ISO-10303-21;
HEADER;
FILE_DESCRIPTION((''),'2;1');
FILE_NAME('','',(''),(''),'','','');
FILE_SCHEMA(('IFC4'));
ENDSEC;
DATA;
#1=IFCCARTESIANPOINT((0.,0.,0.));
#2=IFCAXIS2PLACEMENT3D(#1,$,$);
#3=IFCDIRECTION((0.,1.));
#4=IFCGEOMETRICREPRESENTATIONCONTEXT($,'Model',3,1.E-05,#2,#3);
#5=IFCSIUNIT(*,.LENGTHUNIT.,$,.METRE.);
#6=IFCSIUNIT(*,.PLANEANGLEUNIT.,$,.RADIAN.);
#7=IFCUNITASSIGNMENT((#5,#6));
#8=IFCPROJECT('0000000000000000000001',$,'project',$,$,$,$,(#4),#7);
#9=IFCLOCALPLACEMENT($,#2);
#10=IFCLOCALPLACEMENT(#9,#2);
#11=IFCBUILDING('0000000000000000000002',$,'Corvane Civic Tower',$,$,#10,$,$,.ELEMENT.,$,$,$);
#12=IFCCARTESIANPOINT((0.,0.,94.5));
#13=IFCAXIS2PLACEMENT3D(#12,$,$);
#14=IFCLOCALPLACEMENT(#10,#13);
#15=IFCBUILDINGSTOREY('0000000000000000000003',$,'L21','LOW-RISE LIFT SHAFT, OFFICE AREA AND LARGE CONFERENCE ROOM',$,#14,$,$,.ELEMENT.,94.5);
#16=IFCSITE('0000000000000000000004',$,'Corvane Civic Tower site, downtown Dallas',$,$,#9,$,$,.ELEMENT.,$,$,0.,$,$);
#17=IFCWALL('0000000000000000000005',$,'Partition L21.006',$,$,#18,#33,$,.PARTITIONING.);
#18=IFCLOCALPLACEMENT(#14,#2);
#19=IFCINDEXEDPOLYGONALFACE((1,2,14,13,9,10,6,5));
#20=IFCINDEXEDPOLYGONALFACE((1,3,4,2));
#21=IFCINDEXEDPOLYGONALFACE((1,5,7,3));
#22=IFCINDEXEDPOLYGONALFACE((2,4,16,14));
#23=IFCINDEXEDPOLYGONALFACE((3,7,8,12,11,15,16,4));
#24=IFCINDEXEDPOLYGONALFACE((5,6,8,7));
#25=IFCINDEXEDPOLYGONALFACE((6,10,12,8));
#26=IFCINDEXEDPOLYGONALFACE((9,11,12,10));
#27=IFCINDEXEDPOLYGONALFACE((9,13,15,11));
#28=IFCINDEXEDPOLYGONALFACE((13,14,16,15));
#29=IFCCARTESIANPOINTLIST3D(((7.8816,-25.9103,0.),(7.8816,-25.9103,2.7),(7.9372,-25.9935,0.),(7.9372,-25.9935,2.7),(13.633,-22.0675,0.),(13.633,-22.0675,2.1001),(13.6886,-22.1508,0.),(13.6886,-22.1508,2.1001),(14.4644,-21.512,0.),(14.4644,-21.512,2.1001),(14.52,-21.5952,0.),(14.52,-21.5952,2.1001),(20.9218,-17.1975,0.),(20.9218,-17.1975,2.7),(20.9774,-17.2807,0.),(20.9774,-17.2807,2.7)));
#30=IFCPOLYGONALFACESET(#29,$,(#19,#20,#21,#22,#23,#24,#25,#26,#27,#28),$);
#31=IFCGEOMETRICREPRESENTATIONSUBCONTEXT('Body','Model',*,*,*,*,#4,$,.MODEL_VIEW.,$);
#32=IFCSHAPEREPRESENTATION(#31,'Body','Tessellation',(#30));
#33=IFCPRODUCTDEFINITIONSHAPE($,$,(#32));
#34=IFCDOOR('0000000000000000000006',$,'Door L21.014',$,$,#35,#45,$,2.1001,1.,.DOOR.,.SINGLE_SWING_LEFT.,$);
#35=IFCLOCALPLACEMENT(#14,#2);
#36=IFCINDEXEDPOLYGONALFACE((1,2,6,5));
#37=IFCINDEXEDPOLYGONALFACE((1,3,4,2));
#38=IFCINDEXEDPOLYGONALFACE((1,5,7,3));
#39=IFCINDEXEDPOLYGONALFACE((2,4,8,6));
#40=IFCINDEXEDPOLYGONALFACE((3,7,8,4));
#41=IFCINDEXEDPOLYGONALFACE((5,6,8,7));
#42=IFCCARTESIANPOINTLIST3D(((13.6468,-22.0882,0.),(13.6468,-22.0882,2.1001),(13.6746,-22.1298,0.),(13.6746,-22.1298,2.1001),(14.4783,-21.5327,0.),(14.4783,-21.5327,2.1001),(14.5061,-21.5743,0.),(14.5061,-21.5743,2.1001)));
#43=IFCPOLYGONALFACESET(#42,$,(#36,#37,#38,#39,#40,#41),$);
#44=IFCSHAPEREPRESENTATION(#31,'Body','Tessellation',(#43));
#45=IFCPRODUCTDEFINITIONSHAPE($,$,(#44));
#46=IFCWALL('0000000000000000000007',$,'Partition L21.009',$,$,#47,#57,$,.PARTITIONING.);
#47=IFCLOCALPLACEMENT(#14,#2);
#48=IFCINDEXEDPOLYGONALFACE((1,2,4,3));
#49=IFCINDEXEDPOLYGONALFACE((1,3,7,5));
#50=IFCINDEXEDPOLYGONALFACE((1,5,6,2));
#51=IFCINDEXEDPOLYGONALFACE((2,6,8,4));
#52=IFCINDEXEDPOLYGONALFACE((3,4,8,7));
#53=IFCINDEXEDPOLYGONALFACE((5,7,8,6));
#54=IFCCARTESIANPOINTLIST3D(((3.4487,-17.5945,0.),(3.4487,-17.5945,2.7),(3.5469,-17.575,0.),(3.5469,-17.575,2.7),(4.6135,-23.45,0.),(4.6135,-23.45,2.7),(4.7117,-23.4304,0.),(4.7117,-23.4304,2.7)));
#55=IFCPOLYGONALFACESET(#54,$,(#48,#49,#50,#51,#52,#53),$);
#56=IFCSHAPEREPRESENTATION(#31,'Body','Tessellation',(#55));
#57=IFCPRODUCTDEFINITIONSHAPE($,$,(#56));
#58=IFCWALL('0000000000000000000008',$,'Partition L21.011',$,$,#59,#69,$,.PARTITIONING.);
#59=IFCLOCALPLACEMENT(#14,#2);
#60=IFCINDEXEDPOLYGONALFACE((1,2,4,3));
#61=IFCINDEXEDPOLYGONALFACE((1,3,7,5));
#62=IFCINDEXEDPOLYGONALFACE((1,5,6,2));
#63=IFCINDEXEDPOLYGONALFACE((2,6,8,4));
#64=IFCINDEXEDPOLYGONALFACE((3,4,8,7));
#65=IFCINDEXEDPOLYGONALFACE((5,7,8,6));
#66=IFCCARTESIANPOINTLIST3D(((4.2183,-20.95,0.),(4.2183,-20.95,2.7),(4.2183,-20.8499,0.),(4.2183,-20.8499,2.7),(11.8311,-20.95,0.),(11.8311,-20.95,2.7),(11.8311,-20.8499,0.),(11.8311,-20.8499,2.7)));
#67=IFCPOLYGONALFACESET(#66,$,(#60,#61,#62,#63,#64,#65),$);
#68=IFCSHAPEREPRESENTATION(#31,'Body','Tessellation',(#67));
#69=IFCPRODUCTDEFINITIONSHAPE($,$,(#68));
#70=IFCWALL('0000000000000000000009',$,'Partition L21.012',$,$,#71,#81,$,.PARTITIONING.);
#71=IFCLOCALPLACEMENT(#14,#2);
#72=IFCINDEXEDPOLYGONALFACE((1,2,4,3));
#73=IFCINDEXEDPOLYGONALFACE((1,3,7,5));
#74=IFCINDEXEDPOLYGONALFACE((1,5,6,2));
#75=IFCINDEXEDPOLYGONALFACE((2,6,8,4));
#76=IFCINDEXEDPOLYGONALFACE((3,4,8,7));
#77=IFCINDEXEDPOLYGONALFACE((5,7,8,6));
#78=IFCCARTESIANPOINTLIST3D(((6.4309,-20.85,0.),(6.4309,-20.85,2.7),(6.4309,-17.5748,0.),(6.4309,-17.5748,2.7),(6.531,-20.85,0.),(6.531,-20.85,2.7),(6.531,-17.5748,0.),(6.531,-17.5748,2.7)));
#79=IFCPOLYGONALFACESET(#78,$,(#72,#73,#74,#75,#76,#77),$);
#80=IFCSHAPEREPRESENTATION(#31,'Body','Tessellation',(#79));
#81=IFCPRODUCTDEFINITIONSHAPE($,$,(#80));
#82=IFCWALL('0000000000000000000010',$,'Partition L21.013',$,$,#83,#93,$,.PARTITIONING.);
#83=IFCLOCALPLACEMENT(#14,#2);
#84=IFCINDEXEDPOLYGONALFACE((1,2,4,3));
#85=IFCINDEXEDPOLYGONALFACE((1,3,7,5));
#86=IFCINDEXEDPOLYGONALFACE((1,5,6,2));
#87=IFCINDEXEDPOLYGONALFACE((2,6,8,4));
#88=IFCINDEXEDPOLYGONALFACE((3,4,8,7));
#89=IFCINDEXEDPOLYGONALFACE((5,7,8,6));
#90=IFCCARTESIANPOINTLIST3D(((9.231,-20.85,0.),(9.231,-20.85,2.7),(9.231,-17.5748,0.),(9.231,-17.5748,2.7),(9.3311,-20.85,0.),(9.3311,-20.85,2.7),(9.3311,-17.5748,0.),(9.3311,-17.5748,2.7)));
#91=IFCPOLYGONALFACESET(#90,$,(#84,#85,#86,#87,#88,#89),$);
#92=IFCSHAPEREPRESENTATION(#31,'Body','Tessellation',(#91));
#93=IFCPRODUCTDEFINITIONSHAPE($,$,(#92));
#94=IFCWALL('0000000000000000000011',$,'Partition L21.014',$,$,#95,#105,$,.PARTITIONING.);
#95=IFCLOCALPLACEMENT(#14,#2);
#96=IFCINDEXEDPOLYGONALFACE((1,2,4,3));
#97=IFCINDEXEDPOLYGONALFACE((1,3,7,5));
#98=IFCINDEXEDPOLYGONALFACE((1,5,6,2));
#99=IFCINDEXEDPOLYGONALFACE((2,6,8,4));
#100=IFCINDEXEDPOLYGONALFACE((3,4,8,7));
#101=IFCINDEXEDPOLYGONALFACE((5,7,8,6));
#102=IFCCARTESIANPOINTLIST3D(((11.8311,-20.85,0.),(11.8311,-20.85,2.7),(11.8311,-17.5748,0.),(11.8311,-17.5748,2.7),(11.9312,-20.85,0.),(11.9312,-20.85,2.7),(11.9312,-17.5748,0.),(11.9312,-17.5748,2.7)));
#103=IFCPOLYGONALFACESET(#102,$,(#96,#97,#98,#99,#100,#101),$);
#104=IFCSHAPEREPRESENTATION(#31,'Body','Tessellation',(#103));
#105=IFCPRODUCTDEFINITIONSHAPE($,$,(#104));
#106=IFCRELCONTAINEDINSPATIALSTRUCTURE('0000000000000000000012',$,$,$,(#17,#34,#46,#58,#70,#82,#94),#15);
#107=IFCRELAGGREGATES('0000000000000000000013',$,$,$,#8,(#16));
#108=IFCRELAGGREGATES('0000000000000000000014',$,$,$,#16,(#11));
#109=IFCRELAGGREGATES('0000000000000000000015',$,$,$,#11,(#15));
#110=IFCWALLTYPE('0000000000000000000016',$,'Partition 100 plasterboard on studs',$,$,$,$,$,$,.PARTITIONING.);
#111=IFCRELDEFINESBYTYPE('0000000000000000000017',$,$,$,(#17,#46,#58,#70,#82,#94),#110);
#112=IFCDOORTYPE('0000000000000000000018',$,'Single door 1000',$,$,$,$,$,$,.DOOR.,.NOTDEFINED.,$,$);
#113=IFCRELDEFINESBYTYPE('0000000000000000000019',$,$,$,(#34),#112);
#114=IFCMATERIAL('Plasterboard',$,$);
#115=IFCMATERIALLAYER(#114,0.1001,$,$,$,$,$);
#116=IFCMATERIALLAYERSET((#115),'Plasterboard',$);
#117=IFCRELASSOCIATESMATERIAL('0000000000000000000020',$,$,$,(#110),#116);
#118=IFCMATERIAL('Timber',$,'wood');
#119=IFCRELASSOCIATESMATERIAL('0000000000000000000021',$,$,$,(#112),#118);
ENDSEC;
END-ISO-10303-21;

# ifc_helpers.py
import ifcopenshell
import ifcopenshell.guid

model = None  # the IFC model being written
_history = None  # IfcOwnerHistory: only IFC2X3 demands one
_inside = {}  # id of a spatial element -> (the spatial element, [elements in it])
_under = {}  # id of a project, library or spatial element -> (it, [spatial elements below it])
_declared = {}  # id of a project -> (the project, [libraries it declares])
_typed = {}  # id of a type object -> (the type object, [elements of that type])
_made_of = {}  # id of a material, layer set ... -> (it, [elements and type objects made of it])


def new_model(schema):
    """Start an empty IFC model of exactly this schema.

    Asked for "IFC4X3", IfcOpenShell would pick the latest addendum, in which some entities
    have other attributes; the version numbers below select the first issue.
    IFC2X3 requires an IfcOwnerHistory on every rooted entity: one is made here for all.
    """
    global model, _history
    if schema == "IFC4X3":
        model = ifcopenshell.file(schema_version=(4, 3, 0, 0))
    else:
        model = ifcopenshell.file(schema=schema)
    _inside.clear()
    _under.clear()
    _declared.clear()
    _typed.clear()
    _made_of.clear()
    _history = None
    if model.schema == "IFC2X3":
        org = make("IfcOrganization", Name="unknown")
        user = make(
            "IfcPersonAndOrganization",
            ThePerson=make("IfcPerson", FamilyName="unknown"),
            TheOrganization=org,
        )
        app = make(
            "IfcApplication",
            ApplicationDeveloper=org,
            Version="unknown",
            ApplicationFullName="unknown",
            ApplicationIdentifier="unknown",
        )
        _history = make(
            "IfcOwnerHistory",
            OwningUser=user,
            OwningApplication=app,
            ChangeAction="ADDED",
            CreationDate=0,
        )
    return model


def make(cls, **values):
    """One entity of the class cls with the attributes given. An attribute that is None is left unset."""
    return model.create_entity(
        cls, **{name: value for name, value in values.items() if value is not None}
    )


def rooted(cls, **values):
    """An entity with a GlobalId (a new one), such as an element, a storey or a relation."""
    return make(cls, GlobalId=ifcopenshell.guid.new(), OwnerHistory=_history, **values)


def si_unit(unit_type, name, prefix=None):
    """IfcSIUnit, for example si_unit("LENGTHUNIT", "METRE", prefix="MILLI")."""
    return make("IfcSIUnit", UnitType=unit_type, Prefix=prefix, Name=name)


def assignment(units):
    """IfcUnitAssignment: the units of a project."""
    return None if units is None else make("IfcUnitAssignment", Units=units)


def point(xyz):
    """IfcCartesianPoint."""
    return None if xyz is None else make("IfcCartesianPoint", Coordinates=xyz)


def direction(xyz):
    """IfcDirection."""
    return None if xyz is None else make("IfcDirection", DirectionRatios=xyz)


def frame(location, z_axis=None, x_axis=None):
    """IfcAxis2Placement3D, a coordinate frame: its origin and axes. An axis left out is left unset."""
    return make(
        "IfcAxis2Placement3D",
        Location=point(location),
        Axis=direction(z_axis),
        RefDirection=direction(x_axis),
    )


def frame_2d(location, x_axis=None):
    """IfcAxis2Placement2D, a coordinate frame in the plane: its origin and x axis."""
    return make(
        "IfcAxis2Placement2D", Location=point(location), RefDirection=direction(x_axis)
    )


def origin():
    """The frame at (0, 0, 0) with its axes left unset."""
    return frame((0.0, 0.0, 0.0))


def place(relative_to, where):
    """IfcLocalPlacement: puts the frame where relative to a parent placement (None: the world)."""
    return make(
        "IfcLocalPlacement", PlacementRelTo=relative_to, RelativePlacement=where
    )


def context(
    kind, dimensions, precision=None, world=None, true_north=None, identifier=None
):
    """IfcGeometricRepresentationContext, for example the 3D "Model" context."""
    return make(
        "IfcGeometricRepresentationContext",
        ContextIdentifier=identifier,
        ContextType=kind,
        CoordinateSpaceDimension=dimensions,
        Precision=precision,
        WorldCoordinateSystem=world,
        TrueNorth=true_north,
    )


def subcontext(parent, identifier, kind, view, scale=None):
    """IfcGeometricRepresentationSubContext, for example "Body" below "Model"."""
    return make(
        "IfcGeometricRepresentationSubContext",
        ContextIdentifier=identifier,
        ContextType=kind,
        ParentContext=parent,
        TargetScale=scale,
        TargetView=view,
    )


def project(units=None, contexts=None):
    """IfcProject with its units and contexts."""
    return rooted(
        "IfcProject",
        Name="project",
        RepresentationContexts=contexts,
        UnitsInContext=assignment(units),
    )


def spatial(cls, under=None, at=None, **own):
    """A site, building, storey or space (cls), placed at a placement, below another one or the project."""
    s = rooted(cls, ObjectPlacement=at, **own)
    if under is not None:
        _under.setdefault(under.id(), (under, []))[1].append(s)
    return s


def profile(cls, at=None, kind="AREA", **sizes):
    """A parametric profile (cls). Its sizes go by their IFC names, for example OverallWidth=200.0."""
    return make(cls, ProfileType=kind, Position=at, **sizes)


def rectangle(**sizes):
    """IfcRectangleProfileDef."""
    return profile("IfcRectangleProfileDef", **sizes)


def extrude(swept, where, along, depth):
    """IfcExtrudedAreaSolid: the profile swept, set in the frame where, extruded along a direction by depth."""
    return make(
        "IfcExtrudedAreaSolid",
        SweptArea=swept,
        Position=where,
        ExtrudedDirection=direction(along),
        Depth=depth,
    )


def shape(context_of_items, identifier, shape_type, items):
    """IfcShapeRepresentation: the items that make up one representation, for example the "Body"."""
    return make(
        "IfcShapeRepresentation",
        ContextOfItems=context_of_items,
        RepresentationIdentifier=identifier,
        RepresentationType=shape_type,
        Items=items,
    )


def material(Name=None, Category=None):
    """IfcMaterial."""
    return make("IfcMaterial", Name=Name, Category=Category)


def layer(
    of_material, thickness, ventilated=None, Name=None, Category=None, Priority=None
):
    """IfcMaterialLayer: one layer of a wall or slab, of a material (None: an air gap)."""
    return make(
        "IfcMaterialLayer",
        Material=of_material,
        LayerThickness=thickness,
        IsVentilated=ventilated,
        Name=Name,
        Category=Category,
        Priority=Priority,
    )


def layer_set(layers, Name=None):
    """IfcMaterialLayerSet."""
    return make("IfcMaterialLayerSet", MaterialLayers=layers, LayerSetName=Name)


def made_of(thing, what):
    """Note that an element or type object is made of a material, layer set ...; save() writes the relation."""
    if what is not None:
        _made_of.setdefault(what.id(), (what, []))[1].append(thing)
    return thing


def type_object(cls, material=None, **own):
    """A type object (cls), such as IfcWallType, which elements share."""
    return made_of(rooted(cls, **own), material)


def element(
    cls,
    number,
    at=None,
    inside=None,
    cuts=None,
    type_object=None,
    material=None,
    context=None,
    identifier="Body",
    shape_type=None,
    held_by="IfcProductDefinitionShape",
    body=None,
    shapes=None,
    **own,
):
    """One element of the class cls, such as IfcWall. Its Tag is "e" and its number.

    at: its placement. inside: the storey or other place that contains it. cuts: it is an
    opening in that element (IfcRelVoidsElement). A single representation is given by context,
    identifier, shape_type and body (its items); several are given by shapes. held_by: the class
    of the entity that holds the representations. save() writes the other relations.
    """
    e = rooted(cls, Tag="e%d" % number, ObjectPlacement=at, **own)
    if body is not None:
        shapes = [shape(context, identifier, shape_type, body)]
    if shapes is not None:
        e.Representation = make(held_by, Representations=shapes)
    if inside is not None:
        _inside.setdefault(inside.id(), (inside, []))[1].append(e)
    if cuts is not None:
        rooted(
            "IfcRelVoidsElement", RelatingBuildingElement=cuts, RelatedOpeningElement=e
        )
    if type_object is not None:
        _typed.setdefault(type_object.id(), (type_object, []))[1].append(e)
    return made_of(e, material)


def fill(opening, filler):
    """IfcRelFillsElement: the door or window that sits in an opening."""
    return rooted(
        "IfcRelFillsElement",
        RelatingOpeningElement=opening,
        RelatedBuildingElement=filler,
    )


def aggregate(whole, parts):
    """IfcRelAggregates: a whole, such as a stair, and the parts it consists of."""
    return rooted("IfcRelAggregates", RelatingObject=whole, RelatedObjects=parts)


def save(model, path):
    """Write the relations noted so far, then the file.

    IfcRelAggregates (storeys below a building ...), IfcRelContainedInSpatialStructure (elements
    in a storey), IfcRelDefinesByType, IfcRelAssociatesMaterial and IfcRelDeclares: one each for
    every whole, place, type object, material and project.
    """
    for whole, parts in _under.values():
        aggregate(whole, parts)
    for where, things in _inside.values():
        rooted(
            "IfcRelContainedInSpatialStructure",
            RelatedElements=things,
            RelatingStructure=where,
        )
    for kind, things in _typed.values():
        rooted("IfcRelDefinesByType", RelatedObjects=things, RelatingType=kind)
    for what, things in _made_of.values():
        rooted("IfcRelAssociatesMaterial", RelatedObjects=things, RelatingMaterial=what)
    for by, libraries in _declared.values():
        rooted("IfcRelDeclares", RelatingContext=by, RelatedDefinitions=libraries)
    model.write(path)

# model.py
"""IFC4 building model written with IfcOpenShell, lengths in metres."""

from ifc_helpers import new_model, si_unit, direction, frame, frame_2d, origin, place, context, subcontext, project, spatial, rectangle, extrude, material, layer, layer_set, type_object, element, fill, save


model = new_model("IFC4")

# Units and contexts
model_context = context("Model", 3, precision=1e-05, world=origin(), true_north=direction((0.0, 1.0)))
body_context = subcontext(model_context, "Body", "Model", "MODEL_VIEW")
ifc_project = project(units=[si_unit("LENGTHUNIT", "METRE"), si_unit("PLANEANGLEUNIT", "RADIAN")], contexts=[model_context])

# Site, building, storey
site_placement = place(None, origin())
site = spatial("IfcSite", under=ifc_project, at=site_placement, Name="Corvane Civic Tower site, downtown Dallas", CompositionType="ELEMENT", RefElevation=0.0)
building_placement = place(site_placement, origin())
building = spatial("IfcBuilding", under=site, at=building_placement, Name="Corvane Civic Tower", CompositionType="ELEMENT")
storey_placement = place(building_placement, frame((0.0, 0.0, 94.5)))
storey = spatial("IfcBuildingStorey", under=building, at=storey_placement, Name="L21", Description="LOW-RISE LIFT SHAFT, OFFICE AREA AND LARGE CONFERENCE ROOM", CompositionType="ELEMENT", Elevation=94.5)

# Shared definitions
ifc_material_1 = material(Name="Plasterboard")
ifc_layer_1 = layer(ifc_material_1, 0.1001)
ifc_layer_set_1 = layer_set([ifc_layer_1], Name="Plasterboard")
wall_type = type_object("IfcWallType", Name="Partition 100 plasterboard on studs", PredefinedType="PARTITIONING", material=ifc_layer_set_1)

# Wall, opening, door
wall_1_placement = place(storey_placement, frame((7.9094, -25.9519, 0.0), z_axis=(0.0, 0.0, 1.0), x_axis=(0.83148, 0.555555, 0.0)))
wall_1 = element("IfcWall", 1, at=wall_1_placement, inside=storey, type_object=wall_type, Name="Partition L21.006", PredefinedType="PARTITIONING", context=body_context, shape_type="SweptSolid", body=[
    extrude(rectangle(XDim=15.6831, YDim=0.1001, at=frame_2d((7.8416, 0.0))), origin(), (0.0, 0.0, 1.0), 2.7),
])
opening_1_placement = place(wall_1_placement, frame((6.917, 0.0, 0.0)))
opening_1 = element("IfcOpeningElement", 2, at=opening_1_placement, cuts=wall_1, PredefinedType="OPENING", context=body_context, shape_type="SweptSolid", body=[
    extrude(rectangle(XDim=1.0, YDim=2.1001, at=frame_2d((0.5, 1.05))), frame((0.0, 0.0601, 0.0), z_axis=(0.0, -1.0, 0.0), x_axis=(1.0, 0.0, 0.0)), (0.0, 0.0, 1.0), 0.1201),
])
ifc_material_2 = material(Name="Timber", Category="wood")
door_type_1 = type_object("IfcDoorType", Name="Single door 1000", OperationType="NOTDEFINED", PredefinedType="DOOR", material=ifc_material_2)
door_1_placement = place(opening_1_placement, frame((1.0, 0.0, 0.0), z_axis=(0.0, 0.0, 1.0), x_axis=(-1.0, 0.0, 0.0)))
door_1 = element("IfcDoor", 3, at=door_1_placement, inside=storey, type_object=door_type_1, Name="Door L21.014", OperationType="SINGLE_SWING_LEFT", OverallHeight=2.1001, OverallWidth=1.0, PredefinedType="DOOR", context=body_context, shape_type="SweptSolid", body=[
    extrude(rectangle(XDim=1.0, YDim=2.1001, at=frame_2d((0.5, 1.05))), frame((0.0, 0.0249, 0.0), z_axis=(0.0, -1.0, 0.0), x_axis=(1.0, 0.0, 0.0)), (0.0, 0.0, 1.0), 0.05),
])
fill(opening_1, door_1)

# Walls
wall_2_placement = place(storey_placement, frame((3.4978, -17.5847, 0.0), z_axis=(0.0, 0.0, 1.0), x_axis=(0.195102, -0.980783, 0.0)))
element("IfcWall", 4, at=wall_2_placement, inside=storey, type_object=wall_type, Name="Partition L21.009", PredefinedType="PARTITIONING", context=body_context, shape_type="SweptSolid", body=[
    extrude(rectangle(XDim=5.9702, YDim=0.1001, at=frame_2d((2.9851, 0.0))), origin(), (0.0, 0.0, 1.0), 2.7),
])
wall_3_placement = place(storey_placement, frame((4.2183, -20.8999, 0.0), z_axis=(0.0, 0.0, 1.0), x_axis=(1.0, 0.0, 0.0)))
element("IfcWall", 5, at=wall_3_placement, inside=storey, type_object=wall_type, Name="Partition L21.011", PredefinedType="PARTITIONING", context=body_context, shape_type="SweptSolid", body=[
    extrude(rectangle(XDim=7.6128, YDim=0.1001, at=frame_2d((3.8064, 0.0))), origin(), (0.0, 0.0, 1.0), 2.7),
])
for number, where, z_axis, x_axis, name in (
    (6, (6.481, -20.8501, 0.0), (0.0, 0.0, 1.0), (0.0, 1.0, 0.0), "Partition L21.012"),
    (7, (9.281, -20.8501, 0.0), (0.0, 0.0, 1.0), (0.0, 1.0, 0.0), "Partition L21.013"),
    (8, (11.8811, -20.8501, 0.0), (0.0, 0.0, 1.0), (0.0, 1.0, 0.0), "Partition L21.014"),
):
    element("IfcWall", number, at=place(storey_placement, frame(where, z_axis=z_axis, x_axis=x_axis)), inside=storey, type_object=wall_type, Name=name, PredefinedType="PARTITIONING", context=body_context, shape_type="SweptSolid", body=[
        extrude(rectangle(XDim=3.2751, YDim=0.1001, at=frame_2d((1.6377, 0.0))), origin(), (0.0, 0.0, 1.0), 2.7),
    ])

save(model, "model.ifc")
